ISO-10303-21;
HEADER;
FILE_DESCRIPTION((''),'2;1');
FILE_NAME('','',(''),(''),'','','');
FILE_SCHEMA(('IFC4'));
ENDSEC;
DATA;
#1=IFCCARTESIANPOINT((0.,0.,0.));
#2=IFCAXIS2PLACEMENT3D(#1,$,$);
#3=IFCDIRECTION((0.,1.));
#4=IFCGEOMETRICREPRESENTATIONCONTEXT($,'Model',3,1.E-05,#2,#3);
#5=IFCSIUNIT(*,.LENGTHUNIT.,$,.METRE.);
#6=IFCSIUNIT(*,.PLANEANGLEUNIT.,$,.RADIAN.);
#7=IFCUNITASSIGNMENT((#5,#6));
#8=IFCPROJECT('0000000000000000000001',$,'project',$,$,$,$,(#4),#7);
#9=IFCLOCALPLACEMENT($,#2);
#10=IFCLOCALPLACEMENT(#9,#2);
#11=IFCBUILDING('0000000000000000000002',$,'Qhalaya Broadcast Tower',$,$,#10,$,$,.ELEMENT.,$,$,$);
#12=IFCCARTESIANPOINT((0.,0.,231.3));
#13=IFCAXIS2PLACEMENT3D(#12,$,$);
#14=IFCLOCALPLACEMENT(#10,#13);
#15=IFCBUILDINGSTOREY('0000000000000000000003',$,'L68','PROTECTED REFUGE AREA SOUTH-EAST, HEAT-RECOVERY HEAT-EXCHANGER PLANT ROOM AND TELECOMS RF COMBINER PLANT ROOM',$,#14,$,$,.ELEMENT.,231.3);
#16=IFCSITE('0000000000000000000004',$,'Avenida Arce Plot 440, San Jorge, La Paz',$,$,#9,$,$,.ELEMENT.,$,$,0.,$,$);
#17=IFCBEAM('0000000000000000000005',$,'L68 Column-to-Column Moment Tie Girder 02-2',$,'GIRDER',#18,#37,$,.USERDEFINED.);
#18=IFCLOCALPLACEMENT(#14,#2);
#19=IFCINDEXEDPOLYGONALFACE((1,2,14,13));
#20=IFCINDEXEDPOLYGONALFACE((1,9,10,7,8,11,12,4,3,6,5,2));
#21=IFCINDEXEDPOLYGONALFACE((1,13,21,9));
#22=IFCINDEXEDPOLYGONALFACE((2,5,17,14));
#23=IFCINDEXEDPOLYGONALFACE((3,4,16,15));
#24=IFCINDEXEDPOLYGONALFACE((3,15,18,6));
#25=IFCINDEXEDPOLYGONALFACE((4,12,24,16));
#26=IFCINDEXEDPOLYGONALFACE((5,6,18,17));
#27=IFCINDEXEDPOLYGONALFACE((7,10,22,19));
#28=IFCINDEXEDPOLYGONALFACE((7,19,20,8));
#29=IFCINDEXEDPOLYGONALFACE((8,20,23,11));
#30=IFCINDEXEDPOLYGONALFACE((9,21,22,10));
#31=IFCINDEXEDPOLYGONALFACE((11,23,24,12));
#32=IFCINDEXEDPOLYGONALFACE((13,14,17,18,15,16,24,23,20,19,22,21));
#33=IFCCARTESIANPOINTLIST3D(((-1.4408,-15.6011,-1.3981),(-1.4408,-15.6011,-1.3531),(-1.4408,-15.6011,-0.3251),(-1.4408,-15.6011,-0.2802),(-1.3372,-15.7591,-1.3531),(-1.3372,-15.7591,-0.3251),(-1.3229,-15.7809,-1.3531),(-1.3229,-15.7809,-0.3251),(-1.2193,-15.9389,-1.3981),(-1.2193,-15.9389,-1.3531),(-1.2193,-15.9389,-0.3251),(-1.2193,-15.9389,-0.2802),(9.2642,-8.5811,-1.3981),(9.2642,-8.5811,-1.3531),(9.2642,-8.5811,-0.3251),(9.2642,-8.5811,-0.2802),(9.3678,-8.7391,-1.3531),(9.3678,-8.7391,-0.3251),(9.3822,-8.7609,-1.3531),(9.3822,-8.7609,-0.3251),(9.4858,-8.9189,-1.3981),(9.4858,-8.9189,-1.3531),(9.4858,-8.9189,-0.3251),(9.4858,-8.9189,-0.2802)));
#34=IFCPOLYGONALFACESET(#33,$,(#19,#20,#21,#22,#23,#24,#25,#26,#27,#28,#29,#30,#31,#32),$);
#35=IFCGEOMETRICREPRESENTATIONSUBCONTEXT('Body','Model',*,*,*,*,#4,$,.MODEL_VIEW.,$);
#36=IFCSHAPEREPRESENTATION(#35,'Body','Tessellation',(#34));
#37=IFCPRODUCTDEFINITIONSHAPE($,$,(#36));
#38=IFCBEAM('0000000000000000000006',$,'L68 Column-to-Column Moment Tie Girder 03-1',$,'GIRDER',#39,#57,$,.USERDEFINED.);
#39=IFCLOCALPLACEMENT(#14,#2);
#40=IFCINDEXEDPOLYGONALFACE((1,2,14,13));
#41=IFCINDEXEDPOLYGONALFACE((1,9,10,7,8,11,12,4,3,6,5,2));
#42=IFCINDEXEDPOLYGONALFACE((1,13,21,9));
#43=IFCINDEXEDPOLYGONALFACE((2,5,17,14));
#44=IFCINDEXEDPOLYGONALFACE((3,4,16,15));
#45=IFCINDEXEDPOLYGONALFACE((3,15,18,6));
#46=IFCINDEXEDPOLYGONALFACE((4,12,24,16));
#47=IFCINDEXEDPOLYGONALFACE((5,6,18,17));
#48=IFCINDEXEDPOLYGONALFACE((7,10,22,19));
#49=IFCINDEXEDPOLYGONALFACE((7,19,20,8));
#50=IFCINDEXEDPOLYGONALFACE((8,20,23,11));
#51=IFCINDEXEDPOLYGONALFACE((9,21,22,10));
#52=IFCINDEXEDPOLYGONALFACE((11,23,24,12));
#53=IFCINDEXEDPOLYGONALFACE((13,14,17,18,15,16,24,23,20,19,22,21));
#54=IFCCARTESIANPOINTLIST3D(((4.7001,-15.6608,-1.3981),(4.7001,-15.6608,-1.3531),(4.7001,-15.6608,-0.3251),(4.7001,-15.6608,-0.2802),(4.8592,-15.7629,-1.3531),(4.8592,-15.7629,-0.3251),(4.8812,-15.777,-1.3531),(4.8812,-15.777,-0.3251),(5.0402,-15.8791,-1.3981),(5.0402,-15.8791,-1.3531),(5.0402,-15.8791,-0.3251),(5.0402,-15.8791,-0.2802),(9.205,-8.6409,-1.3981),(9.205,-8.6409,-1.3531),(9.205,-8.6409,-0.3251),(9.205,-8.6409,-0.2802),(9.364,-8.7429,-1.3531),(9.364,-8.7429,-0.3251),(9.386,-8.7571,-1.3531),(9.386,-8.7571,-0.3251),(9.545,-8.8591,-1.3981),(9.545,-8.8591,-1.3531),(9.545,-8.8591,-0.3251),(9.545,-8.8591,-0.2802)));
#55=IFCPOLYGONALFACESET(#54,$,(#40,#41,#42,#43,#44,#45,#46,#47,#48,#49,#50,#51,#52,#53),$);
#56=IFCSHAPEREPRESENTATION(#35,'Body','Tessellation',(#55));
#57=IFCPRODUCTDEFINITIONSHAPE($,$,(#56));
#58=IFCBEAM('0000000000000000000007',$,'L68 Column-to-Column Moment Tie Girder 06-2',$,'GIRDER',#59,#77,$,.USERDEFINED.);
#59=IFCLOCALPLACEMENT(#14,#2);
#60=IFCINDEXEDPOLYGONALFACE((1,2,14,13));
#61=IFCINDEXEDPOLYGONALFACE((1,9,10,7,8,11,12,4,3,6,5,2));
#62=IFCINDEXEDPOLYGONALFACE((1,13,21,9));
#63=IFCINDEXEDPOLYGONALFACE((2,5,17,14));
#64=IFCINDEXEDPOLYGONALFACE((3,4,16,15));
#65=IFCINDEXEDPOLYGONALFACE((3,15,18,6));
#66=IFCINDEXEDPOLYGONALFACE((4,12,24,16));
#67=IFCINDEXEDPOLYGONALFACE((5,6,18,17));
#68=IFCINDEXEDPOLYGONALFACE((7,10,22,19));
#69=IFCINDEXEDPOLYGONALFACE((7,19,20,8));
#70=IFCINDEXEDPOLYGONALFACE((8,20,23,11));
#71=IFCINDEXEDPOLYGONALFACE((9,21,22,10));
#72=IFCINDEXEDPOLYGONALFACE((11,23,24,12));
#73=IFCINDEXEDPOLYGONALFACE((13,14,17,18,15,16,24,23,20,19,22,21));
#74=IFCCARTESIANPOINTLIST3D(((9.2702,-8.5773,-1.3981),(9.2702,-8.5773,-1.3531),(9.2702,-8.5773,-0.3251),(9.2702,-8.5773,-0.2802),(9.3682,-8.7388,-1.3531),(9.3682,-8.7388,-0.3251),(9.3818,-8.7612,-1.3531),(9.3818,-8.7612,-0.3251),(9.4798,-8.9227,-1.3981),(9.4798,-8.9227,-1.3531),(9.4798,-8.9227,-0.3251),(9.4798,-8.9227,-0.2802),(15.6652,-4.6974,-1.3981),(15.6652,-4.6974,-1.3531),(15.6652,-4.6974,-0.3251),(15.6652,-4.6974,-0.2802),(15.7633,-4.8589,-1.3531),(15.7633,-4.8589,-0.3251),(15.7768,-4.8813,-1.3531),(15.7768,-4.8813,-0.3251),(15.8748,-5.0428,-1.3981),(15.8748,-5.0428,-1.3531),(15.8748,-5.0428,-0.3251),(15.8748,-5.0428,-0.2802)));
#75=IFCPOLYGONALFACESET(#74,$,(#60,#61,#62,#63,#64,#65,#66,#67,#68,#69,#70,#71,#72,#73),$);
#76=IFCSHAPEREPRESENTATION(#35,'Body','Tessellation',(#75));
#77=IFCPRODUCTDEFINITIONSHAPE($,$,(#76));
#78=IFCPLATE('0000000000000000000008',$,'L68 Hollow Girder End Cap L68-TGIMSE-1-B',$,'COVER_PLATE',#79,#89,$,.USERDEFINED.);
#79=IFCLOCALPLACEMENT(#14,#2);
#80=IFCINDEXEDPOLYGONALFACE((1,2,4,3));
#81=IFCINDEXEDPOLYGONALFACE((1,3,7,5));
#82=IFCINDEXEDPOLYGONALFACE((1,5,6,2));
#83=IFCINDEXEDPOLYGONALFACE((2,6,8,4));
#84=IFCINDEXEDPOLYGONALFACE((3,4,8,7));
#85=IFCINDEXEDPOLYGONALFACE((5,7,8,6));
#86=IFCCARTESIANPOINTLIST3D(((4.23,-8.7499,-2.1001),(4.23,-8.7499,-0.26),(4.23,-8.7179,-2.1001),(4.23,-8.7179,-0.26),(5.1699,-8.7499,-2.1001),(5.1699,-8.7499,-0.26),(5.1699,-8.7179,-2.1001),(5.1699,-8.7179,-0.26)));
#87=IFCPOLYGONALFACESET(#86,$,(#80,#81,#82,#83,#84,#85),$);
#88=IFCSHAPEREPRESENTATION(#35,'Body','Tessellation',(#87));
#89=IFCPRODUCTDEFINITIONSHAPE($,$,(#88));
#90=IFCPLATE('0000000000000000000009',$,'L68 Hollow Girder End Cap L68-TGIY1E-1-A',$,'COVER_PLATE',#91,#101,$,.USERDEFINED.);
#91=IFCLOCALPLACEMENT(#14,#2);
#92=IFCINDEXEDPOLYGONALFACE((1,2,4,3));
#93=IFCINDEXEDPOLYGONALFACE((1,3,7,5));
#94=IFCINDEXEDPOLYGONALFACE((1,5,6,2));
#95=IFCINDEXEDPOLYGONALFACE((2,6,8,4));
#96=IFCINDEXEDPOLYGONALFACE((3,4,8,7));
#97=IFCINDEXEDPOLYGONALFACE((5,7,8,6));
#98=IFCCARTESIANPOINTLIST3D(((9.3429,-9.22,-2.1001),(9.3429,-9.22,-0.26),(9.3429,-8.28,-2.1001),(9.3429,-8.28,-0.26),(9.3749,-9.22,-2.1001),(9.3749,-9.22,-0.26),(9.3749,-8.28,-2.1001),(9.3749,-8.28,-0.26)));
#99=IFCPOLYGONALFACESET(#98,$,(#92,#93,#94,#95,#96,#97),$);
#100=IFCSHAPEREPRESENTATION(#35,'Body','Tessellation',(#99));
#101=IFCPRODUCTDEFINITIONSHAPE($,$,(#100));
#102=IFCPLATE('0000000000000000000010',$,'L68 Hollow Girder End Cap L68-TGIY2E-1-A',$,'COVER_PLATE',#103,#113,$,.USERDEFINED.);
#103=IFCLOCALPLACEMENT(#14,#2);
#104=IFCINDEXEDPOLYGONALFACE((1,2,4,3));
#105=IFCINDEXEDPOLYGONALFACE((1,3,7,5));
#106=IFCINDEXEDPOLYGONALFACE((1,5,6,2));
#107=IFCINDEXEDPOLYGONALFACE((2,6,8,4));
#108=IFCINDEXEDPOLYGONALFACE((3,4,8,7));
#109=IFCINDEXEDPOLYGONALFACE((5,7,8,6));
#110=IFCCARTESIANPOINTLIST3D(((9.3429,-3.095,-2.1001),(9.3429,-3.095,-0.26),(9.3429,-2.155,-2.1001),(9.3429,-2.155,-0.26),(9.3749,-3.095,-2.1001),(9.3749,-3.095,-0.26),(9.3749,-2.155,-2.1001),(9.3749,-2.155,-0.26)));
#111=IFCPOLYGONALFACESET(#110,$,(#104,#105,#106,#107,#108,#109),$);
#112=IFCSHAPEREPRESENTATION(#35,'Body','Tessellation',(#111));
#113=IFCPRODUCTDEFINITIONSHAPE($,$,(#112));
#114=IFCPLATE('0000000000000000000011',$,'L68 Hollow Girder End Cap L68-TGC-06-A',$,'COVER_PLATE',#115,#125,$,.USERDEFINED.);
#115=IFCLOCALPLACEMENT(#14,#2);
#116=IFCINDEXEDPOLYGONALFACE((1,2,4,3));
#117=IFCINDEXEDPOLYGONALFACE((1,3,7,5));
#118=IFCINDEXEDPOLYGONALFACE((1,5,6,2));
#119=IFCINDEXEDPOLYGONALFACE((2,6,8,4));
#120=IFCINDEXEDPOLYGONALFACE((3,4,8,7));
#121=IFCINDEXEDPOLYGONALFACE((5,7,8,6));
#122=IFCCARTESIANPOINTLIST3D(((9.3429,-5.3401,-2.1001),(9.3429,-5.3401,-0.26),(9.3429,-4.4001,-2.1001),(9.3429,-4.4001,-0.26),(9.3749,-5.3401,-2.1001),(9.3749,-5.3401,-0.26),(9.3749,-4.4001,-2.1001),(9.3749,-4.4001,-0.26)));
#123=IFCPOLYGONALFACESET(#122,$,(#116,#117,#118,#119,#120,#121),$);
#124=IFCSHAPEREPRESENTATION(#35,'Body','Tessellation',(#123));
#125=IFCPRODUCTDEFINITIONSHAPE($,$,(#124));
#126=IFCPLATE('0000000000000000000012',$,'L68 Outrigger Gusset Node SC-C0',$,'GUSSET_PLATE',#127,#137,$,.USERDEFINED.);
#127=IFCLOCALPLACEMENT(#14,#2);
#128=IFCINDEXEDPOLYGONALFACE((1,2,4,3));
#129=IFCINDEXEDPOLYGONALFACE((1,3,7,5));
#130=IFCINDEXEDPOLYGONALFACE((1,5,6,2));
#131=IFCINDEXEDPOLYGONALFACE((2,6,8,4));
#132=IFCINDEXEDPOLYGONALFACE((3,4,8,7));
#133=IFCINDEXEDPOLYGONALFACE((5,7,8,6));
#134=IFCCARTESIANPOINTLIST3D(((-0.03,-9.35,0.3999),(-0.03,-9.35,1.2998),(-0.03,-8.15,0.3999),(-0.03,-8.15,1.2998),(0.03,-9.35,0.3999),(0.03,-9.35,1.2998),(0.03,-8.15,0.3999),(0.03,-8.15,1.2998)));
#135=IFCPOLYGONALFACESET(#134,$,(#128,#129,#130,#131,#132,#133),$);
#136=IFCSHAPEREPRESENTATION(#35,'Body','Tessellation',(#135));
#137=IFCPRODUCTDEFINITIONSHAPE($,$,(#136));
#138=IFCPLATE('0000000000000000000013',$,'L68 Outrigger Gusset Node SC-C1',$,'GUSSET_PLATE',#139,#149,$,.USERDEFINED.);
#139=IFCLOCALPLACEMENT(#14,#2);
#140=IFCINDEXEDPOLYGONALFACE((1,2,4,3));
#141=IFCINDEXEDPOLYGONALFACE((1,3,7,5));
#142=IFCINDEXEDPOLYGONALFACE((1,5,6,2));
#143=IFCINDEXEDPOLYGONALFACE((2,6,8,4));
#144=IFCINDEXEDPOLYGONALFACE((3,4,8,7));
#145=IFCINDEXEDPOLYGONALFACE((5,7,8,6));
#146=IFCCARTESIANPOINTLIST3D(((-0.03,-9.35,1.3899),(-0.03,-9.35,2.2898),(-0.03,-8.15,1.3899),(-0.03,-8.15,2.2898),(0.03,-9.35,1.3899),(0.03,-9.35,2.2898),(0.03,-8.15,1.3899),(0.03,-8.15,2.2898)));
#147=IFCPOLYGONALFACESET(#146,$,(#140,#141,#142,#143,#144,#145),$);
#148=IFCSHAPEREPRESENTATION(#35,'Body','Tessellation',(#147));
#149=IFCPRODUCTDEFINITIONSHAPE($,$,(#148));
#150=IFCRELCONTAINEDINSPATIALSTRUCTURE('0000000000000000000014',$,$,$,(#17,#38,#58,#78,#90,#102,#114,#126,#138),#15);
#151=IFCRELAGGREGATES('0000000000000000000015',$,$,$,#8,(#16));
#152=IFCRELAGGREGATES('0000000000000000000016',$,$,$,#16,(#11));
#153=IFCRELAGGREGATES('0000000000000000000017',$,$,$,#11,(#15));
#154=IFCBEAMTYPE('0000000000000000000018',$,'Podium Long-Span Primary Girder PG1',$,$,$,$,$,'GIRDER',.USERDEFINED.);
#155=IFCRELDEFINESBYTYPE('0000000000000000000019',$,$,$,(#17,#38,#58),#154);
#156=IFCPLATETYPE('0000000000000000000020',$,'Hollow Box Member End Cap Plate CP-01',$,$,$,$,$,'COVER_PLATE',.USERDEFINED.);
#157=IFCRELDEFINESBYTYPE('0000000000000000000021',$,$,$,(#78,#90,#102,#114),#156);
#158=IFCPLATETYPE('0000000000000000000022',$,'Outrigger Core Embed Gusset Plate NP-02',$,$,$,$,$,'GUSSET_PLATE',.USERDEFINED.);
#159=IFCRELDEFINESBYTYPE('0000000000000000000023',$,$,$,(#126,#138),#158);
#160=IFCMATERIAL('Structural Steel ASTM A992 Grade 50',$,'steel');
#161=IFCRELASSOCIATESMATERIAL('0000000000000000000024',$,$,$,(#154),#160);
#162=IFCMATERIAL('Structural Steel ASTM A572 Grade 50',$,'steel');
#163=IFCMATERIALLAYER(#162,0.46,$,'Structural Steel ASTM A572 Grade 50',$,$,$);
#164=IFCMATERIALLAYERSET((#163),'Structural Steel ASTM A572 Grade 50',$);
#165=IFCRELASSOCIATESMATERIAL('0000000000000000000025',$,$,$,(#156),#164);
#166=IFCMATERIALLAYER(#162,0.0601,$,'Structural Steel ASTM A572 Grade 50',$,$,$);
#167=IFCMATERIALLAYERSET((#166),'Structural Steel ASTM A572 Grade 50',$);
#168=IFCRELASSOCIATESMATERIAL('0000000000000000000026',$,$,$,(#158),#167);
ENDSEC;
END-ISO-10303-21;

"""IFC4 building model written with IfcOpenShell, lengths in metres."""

from ifc_helpers import new_model, si_unit, direction, frame, origin, origin_2d, place, context, subcontext, project, spatial, rectangle, i_section, extrude, material, layer, layer_set, material_profile, profile_set, type_object, element, save


model = new_model("IFC4")

# Units and contexts
model_context = context("Model", 3, precision=1e-05, world=origin(), true_north=direction((0.0, 1.0)))
body_context = subcontext(model_context, "Body", "Model", "MODEL_VIEW")
ifc_project = project(units=[si_unit("LENGTHUNIT", "METRE"), si_unit("PLANEANGLEUNIT", "RADIAN")], contexts=[model_context])

# Site, building, storey
site_placement = place(None, origin())
site = spatial("IfcSite", under=ifc_project, at=site_placement, Name="Avenida Arce Plot 440, San Jorge, La Paz", CompositionType="ELEMENT", RefElevation=0.0)
building_placement = place(site_placement, origin())
building = spatial("IfcBuilding", under=site, at=building_placement, Name="Qhalaya Broadcast Tower", CompositionType="ELEMENT")
storey_placement = place(building_placement, frame((0.0, 0.0, 231.3)))
storey = spatial("IfcBuildingStorey", under=building, at=storey_placement, Name="L68", Description="PROTECTED REFUGE AREA SOUTH-EAST, HEAT-RECOVERY HEAT-EXCHANGER PLANT ROOM AND TELECOMS RF COMBINER PLANT ROOM", CompositionType="ELEMENT", Elevation=231.3)

# Shared definitions
ifc_material_1 = material(Name="Structural Steel ASTM A572 Grade 50", Category="steel")
ifc_material_2 = material(Name="Structural Steel ASTM A992 Grade 50", Category="steel")

# Beams
ifc_material_profile_1 = material_profile(ifc_material_2, i_section(OverallWidth=0.4041, OverallDepth=1.1179, WebThickness=0.0261, FlangeThickness=0.0449, at=origin_2d()), Name="W44X335")
ifc_profile_set_1 = profile_set([ifc_material_profile_1], Name="Structural Steel ASTM A992 Grade 50")
beam_type_1 = type_object("IfcBeamType", Name="Podium Long-Span Primary Girder PG1", ElementType="GIRDER", PredefinedType="USERDEFINED", material=ifc_profile_set_1)
beam_1_placement = place(storey_placement, frame((9.375, -8.75, -0.8391), z_axis=(-0.836234, -0.548373, 0.0), x_axis=(0.548373, -0.836234, 0.0)))
element("IfcBeam", 1, at=beam_1_placement, inside=storey, type_object=beam_type_1, Name="L68 Column-to-Column Moment Tie Girder 02-2", ObjectType="GIRDER", PredefinedType="USERDEFINED", context=body_context, shape_type="SweptSolid", body=[
    extrude(i_section(OverallWidth=0.4041, OverallDepth=1.1179, WebThickness=0.0261, FlangeThickness=0.0449, at=origin_2d()), origin(), (0.0, 0.0, 1.0), 12.8015),
])
beam_2_placement = place(storey_placement, frame((9.375, -8.75, -0.8391), z_axis=(-0.54008, -0.841614, 0.0), x_axis=(0.841614, -0.54008, 0.0)))
element("IfcBeam", 2, at=beam_2_placement, inside=storey, type_object=beam_type_1, Name="L68 Column-to-Column Moment Tie Girder 03-1", ObjectType="GIRDER", PredefinedType="USERDEFINED", context=body_context, shape_type="SweptSolid", body=[
    extrude(i_section(OverallWidth=0.4041, OverallDepth=1.1179, WebThickness=0.0261, FlangeThickness=0.0449, at=origin_2d()), origin(), (0.0, 0.0, 1.0), 8.3411),
])
beam_3_placement = place(storey_placement, frame((9.375, -8.75, -0.8391), z_axis=(0.854954, 0.518704, 0.0), x_axis=(-0.518704, 0.854954, 0.0)))
element("IfcBeam", 3, at=beam_3_placement, inside=storey, type_object=beam_type_1, Name="L68 Column-to-Column Moment Tie Girder 06-2", ObjectType="GIRDER", PredefinedType="USERDEFINED", context=body_context, shape_type="SweptSolid", body=[
    extrude(i_section(OverallWidth=0.4041, OverallDepth=1.1179, WebThickness=0.0261, FlangeThickness=0.0449, at=origin_2d()), origin(), (0.0, 0.0, 1.0), 7.48),
])

# Plates
ifc_layer_1 = layer(ifc_material_1, 0.46, Name="Structural Steel ASTM A572 Grade 50")
ifc_layer_set_1 = layer_set([ifc_layer_1], Name="Structural Steel ASTM A572 Grade 50")
plate_type_1 = type_object("IfcPlateType", Name="Hollow Box Member End Cap Plate CP-01", ElementType="COVER_PLATE", PredefinedType="USERDEFINED", material=ifc_layer_set_1)
for number, where, z_axis, x_axis, name in (
    (4, (4.7, -8.7339, -2.1001), (0.0, 0.0, 1.0), (-1.0, 0.0, 0.0), "L68 Hollow Girder End Cap L68-TGIMSE-1-B"),
    (5, (9.3589, -8.75, -2.1001), (0.0, 0.0, 1.0), (0.0, 1.0, 0.0), "L68 Hollow Girder End Cap L68-TGIY1E-1-A"),
    (6, (9.3589, -2.625, -2.1001), (0.0, 0.0, 1.0), (0.0, 1.0, 0.0), "L68 Hollow Girder End Cap L68-TGIY2E-1-A"),
    (7, (9.3589, -4.8701, -2.1001), (0.0, 0.0, 1.0), (0.0, 1.0, 0.0), "L68 Hollow Girder End Cap L68-TGC-06-A"),
):
    element("IfcPlate", number, at=place(storey_placement, frame(where, z_axis=z_axis, x_axis=x_axis)), inside=storey, type_object=plate_type_1, Name=name, ObjectType="COVER_PLATE", PredefinedType="USERDEFINED", context=body_context, shape_type="SweptSolid", body=[
        extrude(rectangle(XDim=0.9399, YDim=0.032, at=origin_2d()), origin(), (0.0, 0.0, 1.0), 1.8401),
    ])
ifc_layer_2 = layer(ifc_material_1, 0.0601, Name="Structural Steel ASTM A572 Grade 50")
ifc_layer_set_2 = layer_set([ifc_layer_2], Name="Structural Steel ASTM A572 Grade 50")
plate_type_2 = type_object("IfcPlateType", Name="Outrigger Core Embed Gusset Plate NP-02", ElementType="GUSSET_PLATE", PredefinedType="USERDEFINED", material=ifc_layer_set_2)
for number, where, z_axis, x_axis, name in (
    (8, (0.0, -8.75, 0.3999), (0.0, 0.0, 1.0), (0.0, -1.0, 0.0), "L68 Outrigger Gusset Node SC-C0"),
    (9, (0.0, -8.75, 1.3899), (0.0, 0.0, 1.0), (0.0, -1.0, 0.0), "L68 Outrigger Gusset Node SC-C1"),
):
    element("IfcPlate", number, at=place(storey_placement, frame(where, z_axis=z_axis, x_axis=x_axis)), inside=storey, type_object=plate_type_2, Name=name, ObjectType="GUSSET_PLATE", PredefinedType="USERDEFINED", context=body_context, shape_type="SweptSolid", body=[
        extrude(rectangle(XDim=1.2, YDim=0.0601, at=origin_2d()), origin(), (0.0, 0.0, 1.0), 0.8999),
    ])

save(model, "model.ifc")
